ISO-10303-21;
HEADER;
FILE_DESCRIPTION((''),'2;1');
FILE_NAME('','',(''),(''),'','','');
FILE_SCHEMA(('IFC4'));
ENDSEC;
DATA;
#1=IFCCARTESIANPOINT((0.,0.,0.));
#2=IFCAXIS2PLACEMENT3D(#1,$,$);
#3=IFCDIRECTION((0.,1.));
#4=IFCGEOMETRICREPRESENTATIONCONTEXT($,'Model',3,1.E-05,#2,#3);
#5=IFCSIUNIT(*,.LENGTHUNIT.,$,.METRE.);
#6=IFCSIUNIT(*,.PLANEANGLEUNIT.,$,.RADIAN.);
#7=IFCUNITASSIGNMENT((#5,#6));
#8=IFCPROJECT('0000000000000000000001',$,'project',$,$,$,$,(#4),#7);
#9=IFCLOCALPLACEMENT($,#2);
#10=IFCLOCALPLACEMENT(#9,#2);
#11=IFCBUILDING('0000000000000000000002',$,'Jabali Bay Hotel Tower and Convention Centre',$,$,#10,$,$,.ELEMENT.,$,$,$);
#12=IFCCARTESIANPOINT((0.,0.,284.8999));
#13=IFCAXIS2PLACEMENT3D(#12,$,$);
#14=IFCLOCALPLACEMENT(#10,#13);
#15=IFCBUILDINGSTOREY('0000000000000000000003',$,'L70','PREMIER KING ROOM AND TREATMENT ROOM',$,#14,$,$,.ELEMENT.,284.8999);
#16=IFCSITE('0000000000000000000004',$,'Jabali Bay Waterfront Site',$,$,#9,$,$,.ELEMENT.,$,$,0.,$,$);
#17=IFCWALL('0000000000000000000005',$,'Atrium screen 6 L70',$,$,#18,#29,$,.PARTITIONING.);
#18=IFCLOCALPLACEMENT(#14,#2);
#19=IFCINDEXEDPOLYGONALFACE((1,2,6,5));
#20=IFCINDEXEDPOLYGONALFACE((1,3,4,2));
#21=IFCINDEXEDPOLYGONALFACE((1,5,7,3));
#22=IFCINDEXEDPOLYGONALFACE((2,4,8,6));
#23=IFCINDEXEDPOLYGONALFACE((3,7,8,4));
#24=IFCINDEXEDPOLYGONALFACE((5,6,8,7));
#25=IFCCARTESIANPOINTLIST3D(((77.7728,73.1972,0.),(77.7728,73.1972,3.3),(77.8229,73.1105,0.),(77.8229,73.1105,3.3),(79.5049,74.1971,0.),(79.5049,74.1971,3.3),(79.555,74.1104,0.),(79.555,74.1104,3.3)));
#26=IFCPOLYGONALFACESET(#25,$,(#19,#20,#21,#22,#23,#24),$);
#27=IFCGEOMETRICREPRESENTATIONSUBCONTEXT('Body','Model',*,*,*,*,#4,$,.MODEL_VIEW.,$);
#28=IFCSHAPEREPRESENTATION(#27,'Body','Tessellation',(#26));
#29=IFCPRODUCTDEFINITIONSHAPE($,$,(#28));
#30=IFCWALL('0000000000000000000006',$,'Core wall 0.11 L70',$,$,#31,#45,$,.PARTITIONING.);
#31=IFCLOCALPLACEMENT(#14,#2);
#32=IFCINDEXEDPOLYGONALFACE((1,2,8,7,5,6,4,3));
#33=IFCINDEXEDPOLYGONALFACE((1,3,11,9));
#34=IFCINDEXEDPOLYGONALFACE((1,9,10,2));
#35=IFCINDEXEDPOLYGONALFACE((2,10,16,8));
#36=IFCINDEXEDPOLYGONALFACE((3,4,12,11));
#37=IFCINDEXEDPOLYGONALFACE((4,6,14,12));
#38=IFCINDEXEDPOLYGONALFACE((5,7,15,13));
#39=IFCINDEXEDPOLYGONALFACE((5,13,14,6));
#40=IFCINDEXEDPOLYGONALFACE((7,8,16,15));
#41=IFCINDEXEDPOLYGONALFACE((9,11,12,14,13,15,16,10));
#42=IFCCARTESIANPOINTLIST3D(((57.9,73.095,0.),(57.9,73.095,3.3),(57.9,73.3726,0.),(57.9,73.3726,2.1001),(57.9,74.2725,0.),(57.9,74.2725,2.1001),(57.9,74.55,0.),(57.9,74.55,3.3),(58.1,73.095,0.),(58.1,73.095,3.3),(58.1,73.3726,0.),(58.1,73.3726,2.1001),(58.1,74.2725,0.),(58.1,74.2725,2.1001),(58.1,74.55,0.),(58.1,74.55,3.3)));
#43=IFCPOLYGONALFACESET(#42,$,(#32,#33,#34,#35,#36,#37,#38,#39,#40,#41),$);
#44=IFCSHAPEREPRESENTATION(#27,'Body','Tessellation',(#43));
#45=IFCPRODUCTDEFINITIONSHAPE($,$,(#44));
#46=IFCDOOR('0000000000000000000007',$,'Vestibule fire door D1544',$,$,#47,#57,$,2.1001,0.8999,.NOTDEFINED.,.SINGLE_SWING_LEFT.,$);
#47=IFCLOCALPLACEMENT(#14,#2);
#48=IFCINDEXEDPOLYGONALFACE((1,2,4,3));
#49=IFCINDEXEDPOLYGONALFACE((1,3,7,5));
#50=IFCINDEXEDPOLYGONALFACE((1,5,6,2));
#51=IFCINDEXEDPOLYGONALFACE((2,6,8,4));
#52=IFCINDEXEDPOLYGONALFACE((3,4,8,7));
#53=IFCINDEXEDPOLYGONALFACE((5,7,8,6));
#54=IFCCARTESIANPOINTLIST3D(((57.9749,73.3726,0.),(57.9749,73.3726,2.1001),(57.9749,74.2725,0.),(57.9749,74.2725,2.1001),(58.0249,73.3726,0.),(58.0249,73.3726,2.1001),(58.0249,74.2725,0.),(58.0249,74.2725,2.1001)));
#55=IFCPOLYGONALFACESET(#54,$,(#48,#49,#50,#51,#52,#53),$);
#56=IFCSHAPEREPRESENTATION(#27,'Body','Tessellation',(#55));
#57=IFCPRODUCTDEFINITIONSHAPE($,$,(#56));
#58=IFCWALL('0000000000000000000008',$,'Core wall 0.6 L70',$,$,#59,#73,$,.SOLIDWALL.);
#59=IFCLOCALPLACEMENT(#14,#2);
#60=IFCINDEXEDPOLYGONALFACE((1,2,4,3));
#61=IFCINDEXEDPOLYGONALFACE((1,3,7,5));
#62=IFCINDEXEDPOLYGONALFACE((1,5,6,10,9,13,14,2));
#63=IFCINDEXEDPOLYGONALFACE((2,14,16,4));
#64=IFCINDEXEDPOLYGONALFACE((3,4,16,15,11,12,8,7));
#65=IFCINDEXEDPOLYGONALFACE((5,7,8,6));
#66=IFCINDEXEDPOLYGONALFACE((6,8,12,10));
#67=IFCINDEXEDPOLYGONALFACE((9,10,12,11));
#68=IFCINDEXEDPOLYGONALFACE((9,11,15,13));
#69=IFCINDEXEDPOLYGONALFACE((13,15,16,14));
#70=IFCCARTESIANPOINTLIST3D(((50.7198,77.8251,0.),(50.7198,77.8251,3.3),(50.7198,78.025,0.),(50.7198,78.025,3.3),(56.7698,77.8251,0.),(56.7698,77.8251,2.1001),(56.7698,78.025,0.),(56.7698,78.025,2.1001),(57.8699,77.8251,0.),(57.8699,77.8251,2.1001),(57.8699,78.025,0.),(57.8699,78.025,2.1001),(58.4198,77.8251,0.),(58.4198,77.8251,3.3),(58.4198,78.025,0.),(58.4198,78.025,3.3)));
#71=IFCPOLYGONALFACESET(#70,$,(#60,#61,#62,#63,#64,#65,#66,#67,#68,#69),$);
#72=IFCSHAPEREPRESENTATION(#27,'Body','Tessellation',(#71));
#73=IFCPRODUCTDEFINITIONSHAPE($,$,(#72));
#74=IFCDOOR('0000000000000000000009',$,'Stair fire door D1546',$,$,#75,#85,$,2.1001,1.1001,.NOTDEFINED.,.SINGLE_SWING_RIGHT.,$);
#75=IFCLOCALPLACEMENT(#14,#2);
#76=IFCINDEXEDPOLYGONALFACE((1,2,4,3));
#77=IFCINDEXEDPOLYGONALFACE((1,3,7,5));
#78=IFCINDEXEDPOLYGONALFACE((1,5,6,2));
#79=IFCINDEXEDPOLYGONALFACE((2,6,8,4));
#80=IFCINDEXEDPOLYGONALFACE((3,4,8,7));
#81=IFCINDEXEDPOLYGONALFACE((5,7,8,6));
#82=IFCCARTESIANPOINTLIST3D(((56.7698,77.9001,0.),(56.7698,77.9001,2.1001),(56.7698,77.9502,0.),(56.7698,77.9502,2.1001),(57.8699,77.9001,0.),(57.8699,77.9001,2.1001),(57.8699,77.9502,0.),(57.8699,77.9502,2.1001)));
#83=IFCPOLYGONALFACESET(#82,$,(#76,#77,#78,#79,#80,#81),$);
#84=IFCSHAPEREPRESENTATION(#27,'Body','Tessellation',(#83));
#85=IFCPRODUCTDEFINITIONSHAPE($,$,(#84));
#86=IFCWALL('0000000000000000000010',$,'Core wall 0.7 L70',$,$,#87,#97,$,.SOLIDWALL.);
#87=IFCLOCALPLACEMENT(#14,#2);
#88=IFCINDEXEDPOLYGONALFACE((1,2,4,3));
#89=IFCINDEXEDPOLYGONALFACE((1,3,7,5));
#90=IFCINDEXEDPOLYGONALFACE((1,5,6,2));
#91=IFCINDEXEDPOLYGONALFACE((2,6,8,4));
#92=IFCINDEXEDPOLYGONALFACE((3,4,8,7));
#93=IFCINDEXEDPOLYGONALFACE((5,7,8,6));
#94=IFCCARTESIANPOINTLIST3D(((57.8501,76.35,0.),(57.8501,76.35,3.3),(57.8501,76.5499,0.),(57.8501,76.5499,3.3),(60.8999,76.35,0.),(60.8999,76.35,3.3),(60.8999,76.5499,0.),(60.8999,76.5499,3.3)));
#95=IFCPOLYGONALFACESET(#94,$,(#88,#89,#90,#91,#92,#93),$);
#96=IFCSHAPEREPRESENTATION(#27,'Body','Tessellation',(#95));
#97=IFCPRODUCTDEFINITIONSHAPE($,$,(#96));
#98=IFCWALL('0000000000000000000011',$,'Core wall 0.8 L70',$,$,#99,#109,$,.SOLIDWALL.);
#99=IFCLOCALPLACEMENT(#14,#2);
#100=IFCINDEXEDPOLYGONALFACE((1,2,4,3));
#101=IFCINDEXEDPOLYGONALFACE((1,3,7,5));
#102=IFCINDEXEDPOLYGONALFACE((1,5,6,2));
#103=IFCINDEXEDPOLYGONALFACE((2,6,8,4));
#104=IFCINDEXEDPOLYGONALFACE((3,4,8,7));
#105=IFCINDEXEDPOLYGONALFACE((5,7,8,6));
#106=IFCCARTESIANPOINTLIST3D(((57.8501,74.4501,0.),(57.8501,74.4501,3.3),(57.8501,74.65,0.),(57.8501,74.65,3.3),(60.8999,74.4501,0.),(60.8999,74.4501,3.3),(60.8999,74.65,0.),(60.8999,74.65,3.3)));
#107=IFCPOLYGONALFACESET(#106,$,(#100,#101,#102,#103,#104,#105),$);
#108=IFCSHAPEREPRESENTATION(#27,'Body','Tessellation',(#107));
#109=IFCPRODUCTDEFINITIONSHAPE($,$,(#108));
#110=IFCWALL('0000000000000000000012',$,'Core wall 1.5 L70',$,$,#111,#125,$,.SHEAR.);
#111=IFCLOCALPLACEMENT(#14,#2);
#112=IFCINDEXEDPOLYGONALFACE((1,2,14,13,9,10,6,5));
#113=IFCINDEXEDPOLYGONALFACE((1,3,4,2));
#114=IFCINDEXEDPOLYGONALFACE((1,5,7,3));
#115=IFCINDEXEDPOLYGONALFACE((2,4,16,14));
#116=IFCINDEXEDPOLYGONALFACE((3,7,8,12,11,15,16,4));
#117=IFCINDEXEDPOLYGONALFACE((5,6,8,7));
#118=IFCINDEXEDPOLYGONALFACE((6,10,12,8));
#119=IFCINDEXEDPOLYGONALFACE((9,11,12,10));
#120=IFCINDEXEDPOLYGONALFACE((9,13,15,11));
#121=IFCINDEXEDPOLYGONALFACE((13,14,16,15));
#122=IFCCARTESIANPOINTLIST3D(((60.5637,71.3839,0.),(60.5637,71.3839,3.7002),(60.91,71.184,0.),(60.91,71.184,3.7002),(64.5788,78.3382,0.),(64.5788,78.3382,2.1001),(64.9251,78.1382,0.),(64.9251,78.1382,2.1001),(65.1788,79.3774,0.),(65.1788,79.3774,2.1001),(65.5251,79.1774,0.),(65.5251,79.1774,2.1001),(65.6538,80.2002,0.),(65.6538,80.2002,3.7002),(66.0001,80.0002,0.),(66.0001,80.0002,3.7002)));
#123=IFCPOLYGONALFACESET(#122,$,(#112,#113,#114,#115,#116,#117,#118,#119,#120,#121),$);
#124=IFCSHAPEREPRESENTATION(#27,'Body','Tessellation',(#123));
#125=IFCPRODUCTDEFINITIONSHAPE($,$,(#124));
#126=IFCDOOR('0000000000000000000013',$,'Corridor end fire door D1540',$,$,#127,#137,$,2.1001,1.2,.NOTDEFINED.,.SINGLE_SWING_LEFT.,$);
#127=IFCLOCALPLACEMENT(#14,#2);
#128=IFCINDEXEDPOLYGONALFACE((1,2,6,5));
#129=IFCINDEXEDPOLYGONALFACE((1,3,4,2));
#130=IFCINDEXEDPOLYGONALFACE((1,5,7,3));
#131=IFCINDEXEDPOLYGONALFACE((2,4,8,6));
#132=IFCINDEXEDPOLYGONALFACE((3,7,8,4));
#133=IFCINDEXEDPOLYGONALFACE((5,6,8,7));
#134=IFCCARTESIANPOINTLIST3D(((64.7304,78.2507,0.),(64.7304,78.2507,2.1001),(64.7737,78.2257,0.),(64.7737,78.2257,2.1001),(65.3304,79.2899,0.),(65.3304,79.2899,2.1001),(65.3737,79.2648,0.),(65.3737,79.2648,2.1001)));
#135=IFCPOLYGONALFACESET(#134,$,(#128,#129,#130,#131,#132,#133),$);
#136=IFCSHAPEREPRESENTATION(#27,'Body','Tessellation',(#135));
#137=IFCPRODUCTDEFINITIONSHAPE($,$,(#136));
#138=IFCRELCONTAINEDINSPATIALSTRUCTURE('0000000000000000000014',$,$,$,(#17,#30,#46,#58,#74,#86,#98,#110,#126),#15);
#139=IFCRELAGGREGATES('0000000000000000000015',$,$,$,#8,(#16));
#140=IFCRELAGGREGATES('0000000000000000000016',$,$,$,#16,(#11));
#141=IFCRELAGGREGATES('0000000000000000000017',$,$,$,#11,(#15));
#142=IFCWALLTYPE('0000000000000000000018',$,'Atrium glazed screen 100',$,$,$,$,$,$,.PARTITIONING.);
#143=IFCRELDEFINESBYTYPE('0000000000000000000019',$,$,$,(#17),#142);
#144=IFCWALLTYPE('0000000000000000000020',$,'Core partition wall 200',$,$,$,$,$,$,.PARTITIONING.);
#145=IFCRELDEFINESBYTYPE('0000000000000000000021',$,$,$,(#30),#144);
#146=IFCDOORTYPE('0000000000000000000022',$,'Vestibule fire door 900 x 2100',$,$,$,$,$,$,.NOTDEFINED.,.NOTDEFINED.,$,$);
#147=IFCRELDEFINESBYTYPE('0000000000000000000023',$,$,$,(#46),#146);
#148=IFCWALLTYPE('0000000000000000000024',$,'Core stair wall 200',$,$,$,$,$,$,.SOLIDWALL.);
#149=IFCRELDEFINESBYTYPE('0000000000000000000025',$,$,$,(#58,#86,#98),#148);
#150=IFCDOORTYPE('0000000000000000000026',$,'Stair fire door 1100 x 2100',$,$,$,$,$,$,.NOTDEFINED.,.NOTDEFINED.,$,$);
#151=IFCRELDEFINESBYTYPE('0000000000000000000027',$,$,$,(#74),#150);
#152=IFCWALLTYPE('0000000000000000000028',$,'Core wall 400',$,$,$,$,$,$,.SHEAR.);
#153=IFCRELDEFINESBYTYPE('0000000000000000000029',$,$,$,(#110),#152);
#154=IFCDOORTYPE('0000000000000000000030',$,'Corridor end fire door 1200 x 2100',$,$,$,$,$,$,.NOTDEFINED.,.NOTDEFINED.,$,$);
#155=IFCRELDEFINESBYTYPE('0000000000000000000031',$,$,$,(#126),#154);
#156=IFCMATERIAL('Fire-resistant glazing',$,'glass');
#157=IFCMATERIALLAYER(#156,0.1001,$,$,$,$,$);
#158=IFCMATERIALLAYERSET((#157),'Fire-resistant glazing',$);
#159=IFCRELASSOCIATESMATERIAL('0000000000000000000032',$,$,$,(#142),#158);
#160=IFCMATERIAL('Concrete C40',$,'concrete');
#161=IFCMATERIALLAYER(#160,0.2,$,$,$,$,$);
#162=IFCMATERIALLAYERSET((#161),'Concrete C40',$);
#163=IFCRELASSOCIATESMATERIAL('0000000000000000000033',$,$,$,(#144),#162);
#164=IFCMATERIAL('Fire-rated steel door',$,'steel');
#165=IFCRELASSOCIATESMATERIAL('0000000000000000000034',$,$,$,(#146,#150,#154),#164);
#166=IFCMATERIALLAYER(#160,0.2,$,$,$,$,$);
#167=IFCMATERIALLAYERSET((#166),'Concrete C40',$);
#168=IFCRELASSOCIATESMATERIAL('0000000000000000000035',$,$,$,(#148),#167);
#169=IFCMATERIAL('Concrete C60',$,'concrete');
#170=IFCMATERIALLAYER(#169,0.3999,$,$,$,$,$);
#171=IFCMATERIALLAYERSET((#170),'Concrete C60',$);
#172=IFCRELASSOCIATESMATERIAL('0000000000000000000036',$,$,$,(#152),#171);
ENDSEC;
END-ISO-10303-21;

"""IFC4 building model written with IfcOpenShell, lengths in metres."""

from ifc_helpers import new_model, si_unit, direction, frame, frame_2d, origin, place, context, subcontext, project, spatial, rectangle, extrude, material, layer, layer_set, type_object, element, fill, save


model = new_model("IFC4")

# Units and contexts
model_context = context("Model", 3, precision=1e-05, world=origin(), true_north=direction((0.0, 1.0)))
body_context = subcontext(model_context, "Body", "Model", "MODEL_VIEW")
ifc_project = project(units=[si_unit("LENGTHUNIT", "METRE"), si_unit("PLANEANGLEUNIT", "RADIAN")], contexts=[model_context])

# Site, building, storey
site_placement = place(None, origin())
site = spatial("IfcSite", under=ifc_project, at=site_placement, Name="Jabali Bay Waterfront Site", CompositionType="ELEMENT", RefElevation=0.0)
building_placement = place(site_placement, origin())
building = spatial("IfcBuilding", under=site, at=building_placement, Name="Jabali Bay Hotel Tower and Convention Centre", CompositionType="ELEMENT")
storey_placement = place(building_placement, frame((0.0, 0.0, 284.8999)))
storey = spatial("IfcBuildingStorey", under=building, at=storey_placement, Name="L70", Description="PREMIER KING ROOM AND TREATMENT ROOM", CompositionType="ELEMENT", Elevation=284.8999)

# Wall
ifc_material_1 = material(Name="Fire-resistant glazing", Category="glass")
ifc_layer_1 = layer(ifc_material_1, 0.1001)
ifc_layer_set_1 = layer_set([ifc_layer_1], Name="Fire-resistant glazing")
wall_type_1 = type_object("IfcWallType", Name="Atrium glazed screen 100", PredefinedType="PARTITIONING", material=ifc_layer_set_1)
wall_1_placement = place(storey_placement, frame((77.7979, 73.1538, 0.0), z_axis=(0.0, 0.0, 1.0), x_axis=(0.866041, 0.499973, 0.0)))
element("IfcWall", 1, at=wall_1_placement, inside=storey, type_object=wall_type_1, Name="Atrium screen 6 L70", PredefinedType="PARTITIONING", context=body_context, shape_type="SweptSolid", body=[
    extrude(rectangle(XDim=2.0, YDim=0.1001, at=frame_2d((1.0, 0.0))), origin(), (0.0, 0.0, 1.0), 3.3),
])

# Walls, openings, doors
ifc_material_2 = material(Name="Concrete C40", Category="concrete")
ifc_layer_2 = layer(ifc_material_2, 0.2)
ifc_layer_set_2 = layer_set([ifc_layer_2], Name="Concrete C40")
wall_type_2 = type_object("IfcWallType", Name="Core partition wall 200", PredefinedType="PARTITIONING", material=ifc_layer_set_2)
wall_2_placement = place(storey_placement, frame((58.0, 74.55, 0.0), z_axis=(0.0, 0.0, 1.0), x_axis=(0.0, -1.0, 0.0)))
wall_2 = element("IfcWall", 2, at=wall_2_placement, inside=storey, type_object=wall_type_2, Name="Core wall 0.11 L70", PredefinedType="PARTITIONING", context=body_context, shape_type="SweptSolid", body=[
    extrude(rectangle(XDim=1.4551, YDim=0.2, at=frame_2d((0.7275, 0.0))), origin(), (0.0, 0.0, 1.0), 3.3),
])
opening_1_placement = place(wall_2_placement, frame((0.2776, 0.0, 0.0)))
opening_1 = element("IfcOpeningElement", 3, at=opening_1_placement, cuts=wall_2, PredefinedType="OPENING", context=body_context, shape_type="SweptSolid", body=[
    extrude(rectangle(XDim=0.8999, YDim=2.1001, at=frame_2d((0.45, 1.05))), frame((0.0, 0.1104, 0.0), z_axis=(0.0, -1.0, 0.0), x_axis=(1.0, 0.0, 0.0)), (0.0, 0.0, 1.0), 0.2209),
])
ifc_material_3 = material(Name="Fire-rated steel door", Category="steel")
door_type_1 = type_object("IfcDoorType", Name="Vestibule fire door 900 x 2100", OperationType="NOTDEFINED", PredefinedType="NOTDEFINED", material=ifc_material_3)
door_1_placement = place(opening_1_placement, origin())
door_1 = element("IfcDoor", 4, at=door_1_placement, inside=storey, type_object=door_type_1, Name="Vestibule fire door D1544", OperationType="SINGLE_SWING_LEFT", OverallHeight=2.1001, OverallWidth=0.8999, PredefinedType="NOTDEFINED", context=body_context, shape_type="SweptSolid", body=[
    extrude(rectangle(XDim=0.8999, YDim=2.1001, at=frame_2d((0.45, 1.05))), frame((0.0, 0.0249, 0.0), z_axis=(0.0, -1.0, 0.0), x_axis=(1.0, 0.0, 0.0)), (0.0, 0.0, 1.0), 0.05),
])
fill(opening_1, door_1)
ifc_layer_3 = layer(ifc_material_2, 0.2)
ifc_layer_set_3 = layer_set([ifc_layer_3], Name="Concrete C40")
wall_type_3 = type_object("IfcWallType", Name="Core stair wall 200", PredefinedType="SOLIDWALL", material=ifc_layer_set_3)
wall_3_placement = place(storey_placement, frame((58.4199, 77.925, 0.0), z_axis=(0.0, 0.0, 1.0), x_axis=(-1.0, 0.0, 0.0)))
wall_3 = element("IfcWall", 5, at=wall_3_placement, inside=storey, type_object=wall_type_3, Name="Core wall 0.6 L70", PredefinedType="SOLIDWALL", context=body_context, shape_type="SweptSolid", body=[
    extrude(rectangle(XDim=7.7, YDim=0.2, at=frame_2d((3.8501, 0.0))), origin(), (0.0, 0.0, 1.0), 3.3),
])
opening_2_placement = place(wall_3_placement, frame((0.55, 0.0, 0.0)))
opening_2 = element("IfcOpeningElement", 6, at=opening_2_placement, cuts=wall_3, PredefinedType="OPENING", context=body_context, shape_type="SweptSolid", body=[
    extrude(rectangle(XDim=1.1001, YDim=2.1001, at=frame_2d((0.55, 1.05))), frame((0.0, 0.1104, 0.0), z_axis=(0.0, -1.0, 0.0), x_axis=(1.0, 0.0, 0.0)), (0.0, 0.0, 1.0), 0.2209),
])
door_type_2 = type_object("IfcDoorType", Name="Stair fire door 1100 x 2100", OperationType="NOTDEFINED", PredefinedType="NOTDEFINED", material=ifc_material_3)
door_2_placement = place(opening_2_placement, origin())
door_2 = element("IfcDoor", 7, at=door_2_placement, inside=storey, type_object=door_type_2, Name="Stair fire door D1546", OperationType="SINGLE_SWING_RIGHT", OverallHeight=2.1001, OverallWidth=1.1001, PredefinedType="NOTDEFINED", context=body_context, shape_type="SweptSolid", body=[
    extrude(rectangle(XDim=1.1001, YDim=2.1001, at=frame_2d((0.55, 1.05))), frame((0.0, 0.0249, 0.0), z_axis=(0.0, -1.0, 0.0), x_axis=(1.0, 0.0, 0.0)), (0.0, 0.0, 1.0), 0.05),
])
fill(opening_2, door_2)

# Walls
for number, where, z_axis, x_axis, name in (
    (8, (60.8999, 76.45, 0.0), (0.0, 0.0, 1.0), (-1.0, 0.0, 0.0), "Core wall 0.7 L70"),
    (9, (60.8999, 74.55, 0.0), (0.0, 0.0, 1.0), (-1.0, 0.0, 0.0), "Core wall 0.8 L70"),
):
    element("IfcWall", number, at=place(storey_placement, frame(where, z_axis=z_axis, x_axis=x_axis)), inside=storey, type_object=wall_type_3, Name=name, PredefinedType="SOLIDWALL", context=body_context, shape_type="SweptSolid", body=[
        extrude(rectangle(XDim=3.0498, YDim=0.2, at=frame_2d((1.5249, 0.0))), origin(), (0.0, 0.0, 1.0), 3.3),
    ])

# Wall, opening, door
ifc_material_4 = material(Name="Concrete C60", Category="concrete")
ifc_layer_4 = layer(ifc_material_4, 0.3999)
ifc_layer_set_4 = layer_set([ifc_layer_4], Name="Concrete C60")
wall_type_4 = type_object("IfcWallType", Name="Core wall 400", PredefinedType="SHEAR", material=ifc_layer_set_4)
wall_4_placement = place(storey_placement, frame((60.7368, 71.2839, 0.0), z_axis=(0.0, 0.0, 1.0), x_axis=(0.500005, 0.866022, 0.0)))
wall_4 = element("IfcWall", 10, at=wall_4_placement, inside=storey, type_object=wall_type_4, Name="Core wall 1.5 L70", PredefinedType="SHEAR", context=body_context, shape_type="SweptSolid", body=[
    extrude(rectangle(XDim=10.1802, YDim=0.3999, at=frame_2d((5.0901, 0.0))), origin(), (0.0, 0.0, 1.0), 3.7002),
])
opening_3_placement = place(wall_4_placement, frame((8.03, 0.0, 0.0)))
opening_3 = element("IfcOpeningElement", 11, at=opening_3_placement, cuts=wall_4, PredefinedType="OPENING", context=body_context, shape_type="SweptSolid", body=[
    extrude(rectangle(XDim=1.2, YDim=2.1001, at=frame_2d((0.6001, 1.05))), frame((0.0, 0.2104, 0.0), z_axis=(0.0, -1.0, 0.0), x_axis=(1.0, 0.0, 0.0)), (0.0, 0.0, 1.0), 0.4209),
])
door_type_3 = type_object("IfcDoorType", Name="Corridor end fire door 1200 x 2100", OperationType="NOTDEFINED", PredefinedType="NOTDEFINED", material=ifc_material_3)
door_3_placement = place(opening_3_placement, origin())
door_3 = element("IfcDoor", 12, at=door_3_placement, inside=storey, type_object=door_type_3, Name="Corridor end fire door D1540", OperationType="SINGLE_SWING_LEFT", OverallHeight=2.1001, OverallWidth=1.2, PredefinedType="NOTDEFINED", context=body_context, shape_type="SweptSolid", body=[
    extrude(rectangle(XDim=1.2, YDim=2.1001, at=frame_2d((0.6001, 1.05))), frame((0.0, 0.0249, 0.0), z_axis=(0.0, -1.0, 0.0), x_axis=(1.0, 0.0, 0.0)), (0.0, 0.0, 1.0), 0.05),
])
fill(opening_3, door_3)

save(model, "model.ifc")
